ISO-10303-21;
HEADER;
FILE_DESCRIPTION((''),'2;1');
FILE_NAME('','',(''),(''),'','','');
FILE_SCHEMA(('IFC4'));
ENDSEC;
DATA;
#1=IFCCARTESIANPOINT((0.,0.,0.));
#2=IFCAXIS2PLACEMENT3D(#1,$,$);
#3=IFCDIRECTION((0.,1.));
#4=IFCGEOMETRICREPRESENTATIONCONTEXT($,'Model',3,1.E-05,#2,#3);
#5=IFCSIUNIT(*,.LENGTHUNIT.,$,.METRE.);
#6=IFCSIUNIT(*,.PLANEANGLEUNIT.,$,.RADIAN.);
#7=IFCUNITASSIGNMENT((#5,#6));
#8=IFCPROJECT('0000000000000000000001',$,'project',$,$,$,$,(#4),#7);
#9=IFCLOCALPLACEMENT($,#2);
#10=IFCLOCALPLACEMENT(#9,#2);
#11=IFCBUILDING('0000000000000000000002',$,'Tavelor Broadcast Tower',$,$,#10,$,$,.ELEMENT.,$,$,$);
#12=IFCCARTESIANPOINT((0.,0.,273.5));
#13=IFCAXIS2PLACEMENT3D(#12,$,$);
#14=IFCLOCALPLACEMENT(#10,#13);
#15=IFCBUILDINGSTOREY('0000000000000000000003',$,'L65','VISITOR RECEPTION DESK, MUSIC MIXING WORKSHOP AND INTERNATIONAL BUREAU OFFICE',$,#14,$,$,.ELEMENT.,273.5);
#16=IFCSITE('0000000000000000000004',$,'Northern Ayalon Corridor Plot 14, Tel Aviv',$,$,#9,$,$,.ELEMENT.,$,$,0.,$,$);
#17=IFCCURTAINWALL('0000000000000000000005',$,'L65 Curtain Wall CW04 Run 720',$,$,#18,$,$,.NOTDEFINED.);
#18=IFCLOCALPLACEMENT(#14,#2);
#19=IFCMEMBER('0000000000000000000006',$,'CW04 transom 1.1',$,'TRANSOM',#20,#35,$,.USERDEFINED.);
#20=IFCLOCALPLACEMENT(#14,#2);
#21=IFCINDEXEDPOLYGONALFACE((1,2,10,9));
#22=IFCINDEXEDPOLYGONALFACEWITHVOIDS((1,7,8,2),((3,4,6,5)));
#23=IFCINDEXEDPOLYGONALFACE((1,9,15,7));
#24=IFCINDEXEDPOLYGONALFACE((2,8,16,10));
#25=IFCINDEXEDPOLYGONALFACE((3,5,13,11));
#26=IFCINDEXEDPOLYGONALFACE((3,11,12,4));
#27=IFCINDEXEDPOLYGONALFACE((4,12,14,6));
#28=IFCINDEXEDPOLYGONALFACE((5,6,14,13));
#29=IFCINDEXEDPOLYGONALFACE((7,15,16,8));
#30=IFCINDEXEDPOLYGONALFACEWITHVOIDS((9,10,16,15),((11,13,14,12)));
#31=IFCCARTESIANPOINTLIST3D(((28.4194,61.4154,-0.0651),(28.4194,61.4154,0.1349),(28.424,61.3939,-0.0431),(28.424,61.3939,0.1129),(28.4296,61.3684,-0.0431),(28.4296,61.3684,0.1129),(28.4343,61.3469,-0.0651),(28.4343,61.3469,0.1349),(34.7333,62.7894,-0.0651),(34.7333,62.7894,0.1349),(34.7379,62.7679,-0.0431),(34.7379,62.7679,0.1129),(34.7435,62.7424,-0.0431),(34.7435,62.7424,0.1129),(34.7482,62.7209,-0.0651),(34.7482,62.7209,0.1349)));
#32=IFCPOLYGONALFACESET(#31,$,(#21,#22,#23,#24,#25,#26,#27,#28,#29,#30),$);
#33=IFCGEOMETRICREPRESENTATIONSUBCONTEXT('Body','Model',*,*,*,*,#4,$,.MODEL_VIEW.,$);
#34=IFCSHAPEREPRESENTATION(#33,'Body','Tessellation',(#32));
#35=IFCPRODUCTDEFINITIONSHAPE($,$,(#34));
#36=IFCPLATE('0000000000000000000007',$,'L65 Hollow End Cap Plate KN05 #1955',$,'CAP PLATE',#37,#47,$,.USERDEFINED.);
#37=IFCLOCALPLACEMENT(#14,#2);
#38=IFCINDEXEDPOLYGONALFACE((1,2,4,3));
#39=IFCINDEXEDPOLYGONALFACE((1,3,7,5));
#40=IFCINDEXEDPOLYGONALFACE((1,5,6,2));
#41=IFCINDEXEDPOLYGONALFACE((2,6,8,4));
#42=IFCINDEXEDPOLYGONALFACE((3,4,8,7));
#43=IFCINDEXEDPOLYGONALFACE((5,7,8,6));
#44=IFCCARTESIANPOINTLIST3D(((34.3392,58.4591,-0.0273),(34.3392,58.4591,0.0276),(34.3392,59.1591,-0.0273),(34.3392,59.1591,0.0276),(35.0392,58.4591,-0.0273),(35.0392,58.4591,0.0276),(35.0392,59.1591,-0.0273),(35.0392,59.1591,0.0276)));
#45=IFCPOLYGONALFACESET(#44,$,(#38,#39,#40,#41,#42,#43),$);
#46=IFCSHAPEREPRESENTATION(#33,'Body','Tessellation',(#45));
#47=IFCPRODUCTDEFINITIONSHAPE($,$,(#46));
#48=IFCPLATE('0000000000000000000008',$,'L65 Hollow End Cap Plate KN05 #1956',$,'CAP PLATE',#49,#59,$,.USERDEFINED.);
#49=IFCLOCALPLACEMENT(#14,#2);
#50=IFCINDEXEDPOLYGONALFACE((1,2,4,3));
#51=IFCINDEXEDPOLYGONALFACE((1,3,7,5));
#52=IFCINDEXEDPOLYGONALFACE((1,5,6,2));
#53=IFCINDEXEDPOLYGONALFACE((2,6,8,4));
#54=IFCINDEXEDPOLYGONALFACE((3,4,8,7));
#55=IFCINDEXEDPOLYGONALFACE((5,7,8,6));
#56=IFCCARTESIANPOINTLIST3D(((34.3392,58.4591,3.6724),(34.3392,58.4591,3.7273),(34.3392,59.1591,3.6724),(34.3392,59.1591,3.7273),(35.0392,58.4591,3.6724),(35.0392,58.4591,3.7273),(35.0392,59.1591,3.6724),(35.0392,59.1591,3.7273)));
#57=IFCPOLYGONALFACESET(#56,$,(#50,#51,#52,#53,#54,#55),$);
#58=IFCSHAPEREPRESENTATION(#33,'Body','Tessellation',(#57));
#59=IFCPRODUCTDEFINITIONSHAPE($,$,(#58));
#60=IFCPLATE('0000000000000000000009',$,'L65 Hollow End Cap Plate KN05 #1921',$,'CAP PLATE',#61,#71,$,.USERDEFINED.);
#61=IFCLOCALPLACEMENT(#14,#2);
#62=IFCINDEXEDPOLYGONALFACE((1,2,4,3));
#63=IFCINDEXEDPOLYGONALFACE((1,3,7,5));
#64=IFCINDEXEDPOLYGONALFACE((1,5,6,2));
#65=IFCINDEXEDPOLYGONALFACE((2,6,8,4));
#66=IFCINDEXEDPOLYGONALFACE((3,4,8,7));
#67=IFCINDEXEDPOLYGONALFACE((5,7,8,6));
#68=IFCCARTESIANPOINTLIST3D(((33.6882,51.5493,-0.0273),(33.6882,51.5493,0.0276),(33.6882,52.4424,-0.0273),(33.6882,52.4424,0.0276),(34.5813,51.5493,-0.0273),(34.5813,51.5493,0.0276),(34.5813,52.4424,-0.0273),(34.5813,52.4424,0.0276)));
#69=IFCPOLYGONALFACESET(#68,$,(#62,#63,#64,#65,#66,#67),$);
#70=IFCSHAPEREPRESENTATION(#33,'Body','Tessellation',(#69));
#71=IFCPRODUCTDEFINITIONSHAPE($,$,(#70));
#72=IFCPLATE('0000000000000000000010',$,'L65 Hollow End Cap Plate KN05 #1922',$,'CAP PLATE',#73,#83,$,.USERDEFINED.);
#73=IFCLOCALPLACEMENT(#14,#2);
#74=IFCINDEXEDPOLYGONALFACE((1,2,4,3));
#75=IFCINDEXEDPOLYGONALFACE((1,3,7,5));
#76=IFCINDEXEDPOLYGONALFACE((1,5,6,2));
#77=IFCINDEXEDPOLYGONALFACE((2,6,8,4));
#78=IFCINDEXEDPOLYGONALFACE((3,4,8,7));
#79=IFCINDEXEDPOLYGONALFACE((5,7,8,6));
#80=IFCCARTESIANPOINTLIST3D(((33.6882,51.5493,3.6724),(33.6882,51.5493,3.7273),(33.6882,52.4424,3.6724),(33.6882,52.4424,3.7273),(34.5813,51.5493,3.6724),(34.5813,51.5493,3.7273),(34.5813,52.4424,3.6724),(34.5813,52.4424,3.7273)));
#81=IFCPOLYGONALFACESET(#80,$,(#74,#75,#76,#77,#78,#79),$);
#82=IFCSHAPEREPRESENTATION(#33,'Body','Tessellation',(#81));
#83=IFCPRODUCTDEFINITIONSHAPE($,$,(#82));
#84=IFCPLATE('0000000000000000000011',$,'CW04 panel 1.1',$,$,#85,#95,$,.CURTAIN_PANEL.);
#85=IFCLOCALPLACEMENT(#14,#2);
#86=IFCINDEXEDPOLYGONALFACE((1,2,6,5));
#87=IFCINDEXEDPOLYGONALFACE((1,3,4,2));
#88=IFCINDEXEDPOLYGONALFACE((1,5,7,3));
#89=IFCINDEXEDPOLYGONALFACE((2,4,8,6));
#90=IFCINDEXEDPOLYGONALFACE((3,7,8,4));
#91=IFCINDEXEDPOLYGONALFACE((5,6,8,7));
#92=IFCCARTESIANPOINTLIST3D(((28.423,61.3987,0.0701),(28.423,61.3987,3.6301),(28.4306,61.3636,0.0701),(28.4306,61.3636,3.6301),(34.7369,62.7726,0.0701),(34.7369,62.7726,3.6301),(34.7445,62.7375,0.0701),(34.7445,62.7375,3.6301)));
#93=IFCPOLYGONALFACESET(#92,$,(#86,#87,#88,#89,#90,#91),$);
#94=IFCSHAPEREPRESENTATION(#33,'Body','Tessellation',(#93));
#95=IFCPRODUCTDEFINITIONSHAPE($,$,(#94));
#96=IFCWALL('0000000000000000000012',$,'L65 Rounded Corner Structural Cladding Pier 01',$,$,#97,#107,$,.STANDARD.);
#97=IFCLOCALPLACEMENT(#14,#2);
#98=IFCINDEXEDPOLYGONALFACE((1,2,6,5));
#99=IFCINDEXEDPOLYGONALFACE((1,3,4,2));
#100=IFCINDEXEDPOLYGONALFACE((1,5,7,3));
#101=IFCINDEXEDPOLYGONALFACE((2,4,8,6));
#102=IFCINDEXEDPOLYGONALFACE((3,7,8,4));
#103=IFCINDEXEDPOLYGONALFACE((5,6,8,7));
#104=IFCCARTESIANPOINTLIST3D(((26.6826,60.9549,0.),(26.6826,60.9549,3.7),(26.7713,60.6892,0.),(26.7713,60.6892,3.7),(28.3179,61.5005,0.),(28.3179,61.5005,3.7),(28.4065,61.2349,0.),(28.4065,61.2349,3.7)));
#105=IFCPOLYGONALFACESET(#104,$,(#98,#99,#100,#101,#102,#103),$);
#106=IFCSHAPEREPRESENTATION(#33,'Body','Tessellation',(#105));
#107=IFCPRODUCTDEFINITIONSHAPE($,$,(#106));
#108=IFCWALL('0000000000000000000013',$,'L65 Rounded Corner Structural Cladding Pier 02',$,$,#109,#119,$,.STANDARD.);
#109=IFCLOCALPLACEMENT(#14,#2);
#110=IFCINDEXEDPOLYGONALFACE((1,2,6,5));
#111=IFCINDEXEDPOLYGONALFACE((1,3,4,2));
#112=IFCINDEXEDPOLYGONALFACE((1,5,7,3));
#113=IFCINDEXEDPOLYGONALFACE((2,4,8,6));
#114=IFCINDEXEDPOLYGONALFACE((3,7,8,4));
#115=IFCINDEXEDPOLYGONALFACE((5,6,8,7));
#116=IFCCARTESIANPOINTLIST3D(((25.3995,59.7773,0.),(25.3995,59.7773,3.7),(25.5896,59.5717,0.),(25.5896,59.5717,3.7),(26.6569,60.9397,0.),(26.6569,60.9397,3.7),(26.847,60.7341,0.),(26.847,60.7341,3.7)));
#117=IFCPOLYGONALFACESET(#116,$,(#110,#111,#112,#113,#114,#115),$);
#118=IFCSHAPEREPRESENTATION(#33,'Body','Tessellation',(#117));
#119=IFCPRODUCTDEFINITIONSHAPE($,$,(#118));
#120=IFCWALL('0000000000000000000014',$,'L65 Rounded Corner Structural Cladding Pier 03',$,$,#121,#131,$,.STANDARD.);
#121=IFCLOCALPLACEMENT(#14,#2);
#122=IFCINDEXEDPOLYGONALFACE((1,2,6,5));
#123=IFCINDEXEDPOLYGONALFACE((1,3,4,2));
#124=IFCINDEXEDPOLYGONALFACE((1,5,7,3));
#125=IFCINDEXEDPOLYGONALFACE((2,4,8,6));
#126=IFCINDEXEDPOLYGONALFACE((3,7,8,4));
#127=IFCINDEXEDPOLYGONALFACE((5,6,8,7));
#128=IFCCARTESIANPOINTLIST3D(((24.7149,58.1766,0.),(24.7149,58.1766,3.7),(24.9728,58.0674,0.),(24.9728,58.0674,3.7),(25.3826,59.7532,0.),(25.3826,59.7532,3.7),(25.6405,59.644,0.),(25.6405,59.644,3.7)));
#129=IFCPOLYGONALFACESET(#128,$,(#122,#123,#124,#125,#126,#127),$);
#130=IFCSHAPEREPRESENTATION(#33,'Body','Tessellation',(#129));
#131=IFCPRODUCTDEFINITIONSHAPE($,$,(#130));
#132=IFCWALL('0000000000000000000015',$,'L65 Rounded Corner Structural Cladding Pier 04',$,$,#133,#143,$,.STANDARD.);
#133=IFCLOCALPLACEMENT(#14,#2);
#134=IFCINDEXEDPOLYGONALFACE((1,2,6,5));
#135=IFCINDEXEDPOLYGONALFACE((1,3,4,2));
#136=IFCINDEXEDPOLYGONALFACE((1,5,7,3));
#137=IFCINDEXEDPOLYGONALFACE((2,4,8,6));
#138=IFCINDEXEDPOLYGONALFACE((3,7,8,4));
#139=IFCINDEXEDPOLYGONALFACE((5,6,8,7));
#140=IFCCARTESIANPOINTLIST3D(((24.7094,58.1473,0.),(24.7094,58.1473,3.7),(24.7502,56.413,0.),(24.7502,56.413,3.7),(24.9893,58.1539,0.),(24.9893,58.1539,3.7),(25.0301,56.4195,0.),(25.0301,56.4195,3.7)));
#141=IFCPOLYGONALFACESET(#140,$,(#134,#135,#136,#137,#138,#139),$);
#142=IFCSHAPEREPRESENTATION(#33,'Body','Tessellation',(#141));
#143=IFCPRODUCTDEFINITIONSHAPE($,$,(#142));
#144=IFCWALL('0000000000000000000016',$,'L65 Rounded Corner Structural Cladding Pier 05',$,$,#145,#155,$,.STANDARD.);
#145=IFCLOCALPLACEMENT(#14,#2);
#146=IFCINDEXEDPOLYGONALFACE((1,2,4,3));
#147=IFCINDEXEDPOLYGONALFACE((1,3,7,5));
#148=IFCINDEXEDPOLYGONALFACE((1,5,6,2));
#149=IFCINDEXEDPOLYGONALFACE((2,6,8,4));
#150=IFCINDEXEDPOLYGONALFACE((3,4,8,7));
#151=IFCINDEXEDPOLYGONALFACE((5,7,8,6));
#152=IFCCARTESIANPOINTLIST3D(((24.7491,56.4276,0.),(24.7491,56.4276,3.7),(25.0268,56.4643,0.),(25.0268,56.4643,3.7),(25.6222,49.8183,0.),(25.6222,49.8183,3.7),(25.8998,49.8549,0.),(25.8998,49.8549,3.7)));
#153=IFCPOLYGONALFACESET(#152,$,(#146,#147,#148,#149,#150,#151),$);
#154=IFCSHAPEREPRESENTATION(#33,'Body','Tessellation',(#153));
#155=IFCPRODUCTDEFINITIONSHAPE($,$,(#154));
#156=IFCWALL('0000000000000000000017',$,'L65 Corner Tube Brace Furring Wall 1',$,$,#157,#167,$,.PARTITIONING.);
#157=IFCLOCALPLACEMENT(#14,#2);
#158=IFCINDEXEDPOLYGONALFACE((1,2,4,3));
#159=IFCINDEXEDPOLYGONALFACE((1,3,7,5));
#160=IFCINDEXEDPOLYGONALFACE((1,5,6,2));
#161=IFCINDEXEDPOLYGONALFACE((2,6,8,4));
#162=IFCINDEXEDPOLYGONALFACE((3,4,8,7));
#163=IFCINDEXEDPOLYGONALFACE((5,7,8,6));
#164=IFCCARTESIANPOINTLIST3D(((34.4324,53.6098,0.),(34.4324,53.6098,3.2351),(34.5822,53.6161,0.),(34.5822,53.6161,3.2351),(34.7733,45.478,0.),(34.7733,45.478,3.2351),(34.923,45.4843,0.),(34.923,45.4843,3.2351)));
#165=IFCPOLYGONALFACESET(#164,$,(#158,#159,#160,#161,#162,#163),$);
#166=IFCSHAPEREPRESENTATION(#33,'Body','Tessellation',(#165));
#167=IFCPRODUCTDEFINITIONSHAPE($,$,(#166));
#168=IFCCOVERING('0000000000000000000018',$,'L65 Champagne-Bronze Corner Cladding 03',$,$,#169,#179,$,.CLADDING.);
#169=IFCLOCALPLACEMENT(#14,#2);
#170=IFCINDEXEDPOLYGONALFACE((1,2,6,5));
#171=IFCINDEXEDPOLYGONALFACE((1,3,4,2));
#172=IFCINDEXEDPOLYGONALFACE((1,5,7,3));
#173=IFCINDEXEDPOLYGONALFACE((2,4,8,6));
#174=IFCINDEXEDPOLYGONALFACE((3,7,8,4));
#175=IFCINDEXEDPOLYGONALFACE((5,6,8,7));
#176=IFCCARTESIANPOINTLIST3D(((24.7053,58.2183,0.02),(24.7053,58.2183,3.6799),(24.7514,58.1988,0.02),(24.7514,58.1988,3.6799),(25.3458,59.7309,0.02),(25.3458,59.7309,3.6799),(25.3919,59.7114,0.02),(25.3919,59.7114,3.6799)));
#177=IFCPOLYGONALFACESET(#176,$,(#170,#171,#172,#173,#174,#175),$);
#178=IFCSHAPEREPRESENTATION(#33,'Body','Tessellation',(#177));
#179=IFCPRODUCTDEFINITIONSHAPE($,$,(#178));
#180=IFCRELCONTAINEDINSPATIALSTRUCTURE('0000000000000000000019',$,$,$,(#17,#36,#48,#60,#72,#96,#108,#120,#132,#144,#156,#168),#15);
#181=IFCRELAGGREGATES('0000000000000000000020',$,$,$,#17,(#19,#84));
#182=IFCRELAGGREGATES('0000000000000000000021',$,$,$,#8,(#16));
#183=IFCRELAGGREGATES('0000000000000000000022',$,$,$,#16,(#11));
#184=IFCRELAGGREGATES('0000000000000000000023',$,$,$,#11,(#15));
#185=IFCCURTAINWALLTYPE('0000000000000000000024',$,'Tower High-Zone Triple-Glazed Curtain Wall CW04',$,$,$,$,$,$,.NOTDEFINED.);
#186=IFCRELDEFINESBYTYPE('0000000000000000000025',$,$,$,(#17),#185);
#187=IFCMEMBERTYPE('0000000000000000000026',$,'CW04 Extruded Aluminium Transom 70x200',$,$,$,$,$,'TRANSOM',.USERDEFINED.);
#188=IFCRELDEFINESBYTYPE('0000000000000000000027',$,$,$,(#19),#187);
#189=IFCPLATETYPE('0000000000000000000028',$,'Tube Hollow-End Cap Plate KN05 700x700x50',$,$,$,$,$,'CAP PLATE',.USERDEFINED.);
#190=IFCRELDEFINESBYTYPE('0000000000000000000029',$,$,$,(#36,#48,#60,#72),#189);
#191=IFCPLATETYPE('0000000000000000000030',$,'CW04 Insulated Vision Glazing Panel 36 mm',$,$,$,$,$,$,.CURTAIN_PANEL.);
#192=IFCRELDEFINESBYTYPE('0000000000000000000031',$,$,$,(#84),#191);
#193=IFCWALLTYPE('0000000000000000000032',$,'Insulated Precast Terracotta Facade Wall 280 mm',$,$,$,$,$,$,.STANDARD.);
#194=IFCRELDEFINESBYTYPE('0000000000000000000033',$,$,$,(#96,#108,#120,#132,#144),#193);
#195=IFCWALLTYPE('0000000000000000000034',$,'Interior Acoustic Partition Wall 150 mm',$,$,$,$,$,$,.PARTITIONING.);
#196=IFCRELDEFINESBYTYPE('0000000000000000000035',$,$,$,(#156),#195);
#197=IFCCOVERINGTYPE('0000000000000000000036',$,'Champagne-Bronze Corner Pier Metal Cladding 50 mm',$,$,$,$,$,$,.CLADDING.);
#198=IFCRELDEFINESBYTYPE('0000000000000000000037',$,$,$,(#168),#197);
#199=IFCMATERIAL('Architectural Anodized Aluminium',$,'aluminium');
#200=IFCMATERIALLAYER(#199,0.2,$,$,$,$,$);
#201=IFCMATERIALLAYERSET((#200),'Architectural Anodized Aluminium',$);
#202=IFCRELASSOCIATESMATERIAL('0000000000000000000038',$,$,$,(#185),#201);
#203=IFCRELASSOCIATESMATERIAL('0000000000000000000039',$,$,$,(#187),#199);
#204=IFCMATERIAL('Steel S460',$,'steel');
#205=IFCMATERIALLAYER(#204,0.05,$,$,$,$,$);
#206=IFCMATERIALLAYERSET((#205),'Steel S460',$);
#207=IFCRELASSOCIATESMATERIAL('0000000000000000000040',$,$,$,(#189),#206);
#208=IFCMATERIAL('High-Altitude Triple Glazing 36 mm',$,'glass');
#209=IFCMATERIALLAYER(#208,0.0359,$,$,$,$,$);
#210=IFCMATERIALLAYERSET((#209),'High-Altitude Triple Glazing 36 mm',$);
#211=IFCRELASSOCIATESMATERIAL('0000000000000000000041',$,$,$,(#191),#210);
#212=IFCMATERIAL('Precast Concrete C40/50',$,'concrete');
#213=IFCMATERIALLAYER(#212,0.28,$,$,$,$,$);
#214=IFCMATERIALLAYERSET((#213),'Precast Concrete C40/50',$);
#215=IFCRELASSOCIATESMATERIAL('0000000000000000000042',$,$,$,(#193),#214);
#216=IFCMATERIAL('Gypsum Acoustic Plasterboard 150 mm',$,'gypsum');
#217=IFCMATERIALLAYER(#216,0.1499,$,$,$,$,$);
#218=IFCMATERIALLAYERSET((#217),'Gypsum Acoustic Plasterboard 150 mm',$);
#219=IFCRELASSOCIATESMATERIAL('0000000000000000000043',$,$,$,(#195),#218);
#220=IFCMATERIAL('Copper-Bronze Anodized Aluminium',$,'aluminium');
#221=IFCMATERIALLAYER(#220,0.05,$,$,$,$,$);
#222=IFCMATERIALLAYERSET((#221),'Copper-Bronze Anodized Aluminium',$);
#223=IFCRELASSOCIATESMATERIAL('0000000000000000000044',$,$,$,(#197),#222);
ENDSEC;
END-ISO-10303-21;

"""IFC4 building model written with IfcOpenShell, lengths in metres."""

from ifc_helpers import new_model, si_unit, direction, frame, frame_2d, origin, origin_2d, place, context, subcontext, project, spatial, rectangle, hollow_rectangle, extrude, source, transform, mapped, material, layer, layer_set, material_profile, profile_set, type_object, type_shapes, element, aggregate, save


model = new_model("IFC4")

# Units and contexts
model_context = context("Model", 3, precision=1e-05, world=origin(), true_north=direction((0.0, 1.0)))
body_context = subcontext(model_context, "Body", "Model", "MODEL_VIEW")
ifc_project = project(units=[si_unit("LENGTHUNIT", "METRE"), si_unit("PLANEANGLEUNIT", "RADIAN")], contexts=[model_context])

# Site, building, storey
site_placement = place(None, origin())
site = spatial("IfcSite", under=ifc_project, at=site_placement, Name="Northern Ayalon Corridor Plot 14, Tel Aviv", CompositionType="ELEMENT", RefElevation=0.0)
building_placement = place(site_placement, origin())
building = spatial("IfcBuilding", under=site, at=building_placement, Name="Tavelor Broadcast Tower", CompositionType="ELEMENT")
storey_placement = place(building_placement, frame((0.0, 0.0, 273.5)))
storey = spatial("IfcBuildingStorey", under=building, at=storey_placement, Name="L65", Description="VISITOR RECEPTION DESK, MUSIC MIXING WORKSHOP AND INTERNATIONAL BUREAU OFFICE", CompositionType="ELEMENT", Elevation=273.5)

# Shared definitions
ifc_material_1 = material(Name="Steel S460", Category="steel")

# Curtain wall, member
ifc_material_2 = material(Name="Architectural Anodized Aluminium", Category="aluminium")
ifc_layer_1 = layer(ifc_material_2, 0.2)
ifc_layer_set_1 = layer_set([ifc_layer_1], Name="Architectural Anodized Aluminium")
curtain_wall_type = type_object("IfcCurtainWallType", Name="Tower High-Zone Triple-Glazed Curtain Wall CW04", PredefinedType="NOTDEFINED", material=ifc_layer_set_1)
curtain_wall_placement = place(storey_placement, origin())
curtain_wall = element("IfcCurtainWall", 1, at=curtain_wall_placement, inside=storey, type_object=curtain_wall_type, Name="L65 Curtain Wall CW04 Run 720", PredefinedType="NOTDEFINED")
ifc_material_profile_1 = material_profile(ifc_material_2, hollow_rectangle(XDim=0.0701, YDim=0.2, WallThickness=0.022, at=origin_2d()), Name="RHS 70x200x22")
ifc_profile_set_1 = profile_set([ifc_material_profile_1], Name="Architectural Anodized Aluminium")
member_type_1 = type_object("IfcMemberType", Name="CW04 Extruded Aluminium Transom 70x200", ElementType="TRANSOM", PredefinedType="USERDEFINED", material=ifc_profile_set_1)
shared_shape_1 = source(origin(), body_context, "Body", "SweptSolid", [
    extrude(hollow_rectangle(XDim=0.0701, YDim=0.2, WallThickness=0.022, at=origin_2d()), origin(), (0.0, 0.0, 1.0), 6.4617),
])
type_shapes(member_type_1, [shared_shape_1])
member_1_placement = place(storey_placement, frame((34.7407, 62.7551, 0.0349), z_axis=(-0.977131, -0.21264, 0.0), x_axis=(0.21264, -0.977131, 0.0)))
member_1 = element("IfcMember", 2, at=member_1_placement, type_object=member_type_1, Name="CW04 transom 1.1", ObjectType="TRANSOM", PredefinedType="USERDEFINED", context=body_context, shape_type="MappedRepresentation", body=[
    mapped(shared_shape_1, transform((0.0, 0.0, 0.0), scale=1.0)),
])

# Plates
ifc_layer_2 = layer(ifc_material_1, 0.05)
ifc_layer_set_2 = layer_set([ifc_layer_2], Name="Steel S460")
plate_type_1 = type_object("IfcPlateType", Name="Tube Hollow-End Cap Plate KN05 700x700x50", ElementType="CAP PLATE", PredefinedType="USERDEFINED", material=ifc_layer_set_2)
shared_shape_2 = source(origin(), body_context, "Body", "SweptSolid", [
    extrude(rectangle(XDim=0.7, YDim=0.7, at=origin_2d()), origin(), (0.0, 0.0, 1.0), 0.0549),
])
for number, where, z_axis, x_axis, name in (
    (3, (34.6892, 58.8091, -0.0273), (0.0, 0.0, 1.0), (1.0, 0.0, 0.0), "L65 Hollow End Cap Plate KN05 #1955"),
    (4, (34.6892, 58.8091, 3.6724), (0.0, 0.0, 1.0), (1.0, 0.0, 0.0), "L65 Hollow End Cap Plate KN05 #1956"),
):
    element("IfcPlate", number, at=place(storey_placement, frame(where, z_axis=z_axis, x_axis=x_axis)), inside=storey, type_object=plate_type_1, Name=name, ObjectType="CAP PLATE", PredefinedType="USERDEFINED", context=body_context, shape_type="MappedRepresentation", body=[
        mapped(shared_shape_2, transform((0.0, 0.0, 0.0), scale=1.0)),
    ])
shared_shape_3 = source(origin(), body_context, "Body", "SweptSolid", [
    extrude(rectangle(XDim=0.8931, YDim=0.8931, at=origin_2d()), origin(), (0.0, 0.0, 1.0), 0.0549),
])
type_shapes(plate_type_1, [shared_shape_2, shared_shape_3])
for number, where, z_axis, x_axis, name in (
    (5, (34.1348, 51.9958, -0.0273), (0.0, 0.0, 1.0), (1.0, 0.0, 0.0), "L65 Hollow End Cap Plate KN05 #1921"),
    (6, (34.1348, 51.9958, 3.6724), (0.0, 0.0, 1.0), (1.0, 0.0, 0.0), "L65 Hollow End Cap Plate KN05 #1922"),
):
    element("IfcPlate", number, at=place(storey_placement, frame(where, z_axis=z_axis, x_axis=x_axis)), inside=storey, type_object=plate_type_1, Name=name, ObjectType="CAP PLATE", PredefinedType="USERDEFINED", context=body_context, shape_type="MappedRepresentation", body=[
        mapped(shared_shape_3, transform((0.0, 0.0, 0.0), scale=1.0)),
    ])

# Plate
ifc_material_3 = material(Name="High-Altitude Triple Glazing 36 mm", Category="glass")
ifc_layer_3 = layer(ifc_material_3, 0.0359)
ifc_layer_set_3 = layer_set([ifc_layer_3], Name="High-Altitude Triple Glazing 36 mm")
plate_type_2 = type_object("IfcPlateType", Name="CW04 Insulated Vision Glazing Panel 36 mm", PredefinedType="CURTAIN_PANEL", material=ifc_layer_set_3)
shared_shape_4 = source(origin(), body_context, "Body", "SweptSolid", [
    extrude(rectangle(XDim=6.4617, YDim=0.0359, at=origin_2d()), origin(), (0.0, 0.0, 1.0), 3.5601),
])
type_shapes(plate_type_2, [shared_shape_4])
plate_placement = place(storey_placement, frame((31.5837, 62.0681, 0.0701), z_axis=(0.0, 0.0, 1.0), x_axis=(-0.977134, -0.212625, 0.0)))
plate = element("IfcPlate", 7, at=plate_placement, type_object=plate_type_2, Name="CW04 panel 1.1", PredefinedType="CURTAIN_PANEL", context=body_context, shape_type="MappedRepresentation", body=[
    mapped(shared_shape_4, transform((0.0, 0.0, 0.0), scale=1.0)),
])
aggregate(curtain_wall, [member_1, plate])

# Walls
ifc_material_4 = material(Name="Precast Concrete C40/50", Category="concrete")
ifc_layer_4 = layer(ifc_material_4, 0.28)
ifc_layer_set_4 = layer_set([ifc_layer_4], Name="Precast Concrete C40/50")
wall_type_1 = type_object("IfcWallType", Name="Insulated Precast Terracotta Facade Wall 280 mm", PredefinedType="STANDARD", material=ifc_layer_set_4)
wall_1_placement = place(storey_placement, frame((28.3621, 61.3677, 0.0), z_axis=(0.0, 0.0, 1.0), x_axis=(-0.948584, -0.316525, 0.0)))
element("IfcWall", 8, at=wall_1_placement, inside=storey, type_object=wall_type_1, Name="L65 Rounded Corner Structural Cladding Pier 01", PredefinedType="STANDARD", context=body_context, shape_type="SweptSolid", body=[
    extrude(rectangle(XDim=1.7239, YDim=0.28, at=frame_2d((0.8618, 0.0))), origin(), (0.0, 0.0, 1.0), 3.7),
])
wall_2_placement = place(storey_placement, frame((26.752, 60.8369, 0.0), z_axis=(0.0, 0.0, 1.0), x_axis=(-0.734295, -0.678831, 0.0)))
element("IfcWall", 9, at=wall_2_placement, inside=storey, type_object=wall_type_1, Name="L65 Rounded Corner Structural Cladding Pier 02", PredefinedType="STANDARD", context=body_context, shape_type="SweptSolid", body=[
    extrude(rectangle(XDim=1.7124, YDim=0.28, at=frame_2d((0.8562, 0.0))), origin(), (0.0, 0.0, 1.0), 3.7),
])
wall_3_placement = place(storey_placement, frame((25.5115, 59.6985, 0.0), z_axis=(0.0, 0.0, 1.0), x_axis=(-0.389975, -0.920825, 0.0)))
element("IfcWall", 10, at=wall_3_placement, inside=storey, type_object=wall_type_1, Name="L65 Rounded Corner Structural Cladding Pier 03", PredefinedType="STANDARD", context=body_context, shape_type="SweptSolid", body=[
    extrude(rectangle(XDim=1.7122, YDim=0.28, at=frame_2d((0.856, 0.0))), origin(), (0.0, 0.0, 1.0), 3.7),
])
wall_4_placement = place(storey_placement, frame((24.8494, 58.1506, 0.0), z_axis=(0.0, 0.0, 1.0), x_axis=(0.023501, -0.999724, 0.0)))
element("IfcWall", 11, at=wall_4_placement, inside=storey, type_object=wall_type_1, Name="L65 Rounded Corner Structural Cladding Pier 04", PredefinedType="STANDARD", context=body_context, shape_type="SweptSolid", body=[
    extrude(rectangle(XDim=1.7349, YDim=0.28, at=frame_2d((0.8674, 0.0))), origin(), (0.0, 0.0, 1.0), 3.7),
])
wall_5_placement = place(storey_placement, frame((24.8879, 56.446, 0.0), z_axis=(0.0, 0.0, 1.0), x_axis=(0.130955, -0.991388, 0.0)))
element("IfcWall", 12, at=wall_5_placement, inside=storey, type_object=wall_type_1, Name="L65 Rounded Corner Structural Cladding Pier 05", PredefinedType="STANDARD", context=body_context, shape_type="SweptSolid", body=[
    extrude(rectangle(XDim=6.6667, YDim=0.28, at=frame_2d((3.3335, 0.0))), origin(), (0.0, 0.0, 1.0), 3.7),
])
ifc_material_5 = material(Name="Gypsum Acoustic Plasterboard 150 mm", Category="gypsum")
ifc_layer_5 = layer(ifc_material_5, 0.1499)
ifc_layer_set_5 = layer_set([ifc_layer_5], Name="Gypsum Acoustic Plasterboard 150 mm")
wall_type_2 = type_object("IfcWallType", Name="Interior Acoustic Partition Wall 150 mm", PredefinedType="PARTITIONING", material=ifc_layer_set_5)
wall_6_placement = place(storey_placement, frame((34.5073, 53.6128, 0.0), z_axis=(0.0, 0.0, 1.0), x_axis=(0.041875, -0.999123, 0.0)))
element("IfcWall", 13, at=wall_6_placement, inside=storey, type_object=wall_type_2, Name="L65 Corner Tube Brace Furring Wall 1", PredefinedType="PARTITIONING", context=body_context, shape_type="SweptSolid", body=[
    extrude(rectangle(XDim=8.1389, YDim=0.1499, at=frame_2d((4.0693, 0.0))), origin(), (0.0, 0.0, 1.0), 3.2351),
])

# Covering
ifc_material_6 = material(Name="Copper-Bronze Anodized Aluminium", Category="aluminium")
ifc_layer_6 = layer(ifc_material_6, 0.05)
ifc_layer_set_6 = layer_set([ifc_layer_6], Name="Copper-Bronze Anodized Aluminium")
covering_type = type_object("IfcCoveringType", Name="Champagne-Bronze Corner Pier Metal Cladding 50 mm", PredefinedType="CLADDING", material=ifc_layer_set_6)
covering_placement = place(storey_placement, frame((25.0486, 58.9648, 0.02), z_axis=(0.0, 0.0, 1.0), x_axis=(-0.389928, -0.920845, 0.0)))
element("IfcCovering", 14, at=covering_placement, inside=storey, type_object=covering_type, Name="L65 Champagne-Bronze Corner Cladding 03", PredefinedType="CLADDING", context=body_context, shape_type="SweptSolid", body=[
    extrude(rectangle(XDim=1.6426, YDim=0.05, at=origin_2d()), origin(), (0.0, 0.0, 1.0), 3.6599),
])

save(model, "model.ifc")
